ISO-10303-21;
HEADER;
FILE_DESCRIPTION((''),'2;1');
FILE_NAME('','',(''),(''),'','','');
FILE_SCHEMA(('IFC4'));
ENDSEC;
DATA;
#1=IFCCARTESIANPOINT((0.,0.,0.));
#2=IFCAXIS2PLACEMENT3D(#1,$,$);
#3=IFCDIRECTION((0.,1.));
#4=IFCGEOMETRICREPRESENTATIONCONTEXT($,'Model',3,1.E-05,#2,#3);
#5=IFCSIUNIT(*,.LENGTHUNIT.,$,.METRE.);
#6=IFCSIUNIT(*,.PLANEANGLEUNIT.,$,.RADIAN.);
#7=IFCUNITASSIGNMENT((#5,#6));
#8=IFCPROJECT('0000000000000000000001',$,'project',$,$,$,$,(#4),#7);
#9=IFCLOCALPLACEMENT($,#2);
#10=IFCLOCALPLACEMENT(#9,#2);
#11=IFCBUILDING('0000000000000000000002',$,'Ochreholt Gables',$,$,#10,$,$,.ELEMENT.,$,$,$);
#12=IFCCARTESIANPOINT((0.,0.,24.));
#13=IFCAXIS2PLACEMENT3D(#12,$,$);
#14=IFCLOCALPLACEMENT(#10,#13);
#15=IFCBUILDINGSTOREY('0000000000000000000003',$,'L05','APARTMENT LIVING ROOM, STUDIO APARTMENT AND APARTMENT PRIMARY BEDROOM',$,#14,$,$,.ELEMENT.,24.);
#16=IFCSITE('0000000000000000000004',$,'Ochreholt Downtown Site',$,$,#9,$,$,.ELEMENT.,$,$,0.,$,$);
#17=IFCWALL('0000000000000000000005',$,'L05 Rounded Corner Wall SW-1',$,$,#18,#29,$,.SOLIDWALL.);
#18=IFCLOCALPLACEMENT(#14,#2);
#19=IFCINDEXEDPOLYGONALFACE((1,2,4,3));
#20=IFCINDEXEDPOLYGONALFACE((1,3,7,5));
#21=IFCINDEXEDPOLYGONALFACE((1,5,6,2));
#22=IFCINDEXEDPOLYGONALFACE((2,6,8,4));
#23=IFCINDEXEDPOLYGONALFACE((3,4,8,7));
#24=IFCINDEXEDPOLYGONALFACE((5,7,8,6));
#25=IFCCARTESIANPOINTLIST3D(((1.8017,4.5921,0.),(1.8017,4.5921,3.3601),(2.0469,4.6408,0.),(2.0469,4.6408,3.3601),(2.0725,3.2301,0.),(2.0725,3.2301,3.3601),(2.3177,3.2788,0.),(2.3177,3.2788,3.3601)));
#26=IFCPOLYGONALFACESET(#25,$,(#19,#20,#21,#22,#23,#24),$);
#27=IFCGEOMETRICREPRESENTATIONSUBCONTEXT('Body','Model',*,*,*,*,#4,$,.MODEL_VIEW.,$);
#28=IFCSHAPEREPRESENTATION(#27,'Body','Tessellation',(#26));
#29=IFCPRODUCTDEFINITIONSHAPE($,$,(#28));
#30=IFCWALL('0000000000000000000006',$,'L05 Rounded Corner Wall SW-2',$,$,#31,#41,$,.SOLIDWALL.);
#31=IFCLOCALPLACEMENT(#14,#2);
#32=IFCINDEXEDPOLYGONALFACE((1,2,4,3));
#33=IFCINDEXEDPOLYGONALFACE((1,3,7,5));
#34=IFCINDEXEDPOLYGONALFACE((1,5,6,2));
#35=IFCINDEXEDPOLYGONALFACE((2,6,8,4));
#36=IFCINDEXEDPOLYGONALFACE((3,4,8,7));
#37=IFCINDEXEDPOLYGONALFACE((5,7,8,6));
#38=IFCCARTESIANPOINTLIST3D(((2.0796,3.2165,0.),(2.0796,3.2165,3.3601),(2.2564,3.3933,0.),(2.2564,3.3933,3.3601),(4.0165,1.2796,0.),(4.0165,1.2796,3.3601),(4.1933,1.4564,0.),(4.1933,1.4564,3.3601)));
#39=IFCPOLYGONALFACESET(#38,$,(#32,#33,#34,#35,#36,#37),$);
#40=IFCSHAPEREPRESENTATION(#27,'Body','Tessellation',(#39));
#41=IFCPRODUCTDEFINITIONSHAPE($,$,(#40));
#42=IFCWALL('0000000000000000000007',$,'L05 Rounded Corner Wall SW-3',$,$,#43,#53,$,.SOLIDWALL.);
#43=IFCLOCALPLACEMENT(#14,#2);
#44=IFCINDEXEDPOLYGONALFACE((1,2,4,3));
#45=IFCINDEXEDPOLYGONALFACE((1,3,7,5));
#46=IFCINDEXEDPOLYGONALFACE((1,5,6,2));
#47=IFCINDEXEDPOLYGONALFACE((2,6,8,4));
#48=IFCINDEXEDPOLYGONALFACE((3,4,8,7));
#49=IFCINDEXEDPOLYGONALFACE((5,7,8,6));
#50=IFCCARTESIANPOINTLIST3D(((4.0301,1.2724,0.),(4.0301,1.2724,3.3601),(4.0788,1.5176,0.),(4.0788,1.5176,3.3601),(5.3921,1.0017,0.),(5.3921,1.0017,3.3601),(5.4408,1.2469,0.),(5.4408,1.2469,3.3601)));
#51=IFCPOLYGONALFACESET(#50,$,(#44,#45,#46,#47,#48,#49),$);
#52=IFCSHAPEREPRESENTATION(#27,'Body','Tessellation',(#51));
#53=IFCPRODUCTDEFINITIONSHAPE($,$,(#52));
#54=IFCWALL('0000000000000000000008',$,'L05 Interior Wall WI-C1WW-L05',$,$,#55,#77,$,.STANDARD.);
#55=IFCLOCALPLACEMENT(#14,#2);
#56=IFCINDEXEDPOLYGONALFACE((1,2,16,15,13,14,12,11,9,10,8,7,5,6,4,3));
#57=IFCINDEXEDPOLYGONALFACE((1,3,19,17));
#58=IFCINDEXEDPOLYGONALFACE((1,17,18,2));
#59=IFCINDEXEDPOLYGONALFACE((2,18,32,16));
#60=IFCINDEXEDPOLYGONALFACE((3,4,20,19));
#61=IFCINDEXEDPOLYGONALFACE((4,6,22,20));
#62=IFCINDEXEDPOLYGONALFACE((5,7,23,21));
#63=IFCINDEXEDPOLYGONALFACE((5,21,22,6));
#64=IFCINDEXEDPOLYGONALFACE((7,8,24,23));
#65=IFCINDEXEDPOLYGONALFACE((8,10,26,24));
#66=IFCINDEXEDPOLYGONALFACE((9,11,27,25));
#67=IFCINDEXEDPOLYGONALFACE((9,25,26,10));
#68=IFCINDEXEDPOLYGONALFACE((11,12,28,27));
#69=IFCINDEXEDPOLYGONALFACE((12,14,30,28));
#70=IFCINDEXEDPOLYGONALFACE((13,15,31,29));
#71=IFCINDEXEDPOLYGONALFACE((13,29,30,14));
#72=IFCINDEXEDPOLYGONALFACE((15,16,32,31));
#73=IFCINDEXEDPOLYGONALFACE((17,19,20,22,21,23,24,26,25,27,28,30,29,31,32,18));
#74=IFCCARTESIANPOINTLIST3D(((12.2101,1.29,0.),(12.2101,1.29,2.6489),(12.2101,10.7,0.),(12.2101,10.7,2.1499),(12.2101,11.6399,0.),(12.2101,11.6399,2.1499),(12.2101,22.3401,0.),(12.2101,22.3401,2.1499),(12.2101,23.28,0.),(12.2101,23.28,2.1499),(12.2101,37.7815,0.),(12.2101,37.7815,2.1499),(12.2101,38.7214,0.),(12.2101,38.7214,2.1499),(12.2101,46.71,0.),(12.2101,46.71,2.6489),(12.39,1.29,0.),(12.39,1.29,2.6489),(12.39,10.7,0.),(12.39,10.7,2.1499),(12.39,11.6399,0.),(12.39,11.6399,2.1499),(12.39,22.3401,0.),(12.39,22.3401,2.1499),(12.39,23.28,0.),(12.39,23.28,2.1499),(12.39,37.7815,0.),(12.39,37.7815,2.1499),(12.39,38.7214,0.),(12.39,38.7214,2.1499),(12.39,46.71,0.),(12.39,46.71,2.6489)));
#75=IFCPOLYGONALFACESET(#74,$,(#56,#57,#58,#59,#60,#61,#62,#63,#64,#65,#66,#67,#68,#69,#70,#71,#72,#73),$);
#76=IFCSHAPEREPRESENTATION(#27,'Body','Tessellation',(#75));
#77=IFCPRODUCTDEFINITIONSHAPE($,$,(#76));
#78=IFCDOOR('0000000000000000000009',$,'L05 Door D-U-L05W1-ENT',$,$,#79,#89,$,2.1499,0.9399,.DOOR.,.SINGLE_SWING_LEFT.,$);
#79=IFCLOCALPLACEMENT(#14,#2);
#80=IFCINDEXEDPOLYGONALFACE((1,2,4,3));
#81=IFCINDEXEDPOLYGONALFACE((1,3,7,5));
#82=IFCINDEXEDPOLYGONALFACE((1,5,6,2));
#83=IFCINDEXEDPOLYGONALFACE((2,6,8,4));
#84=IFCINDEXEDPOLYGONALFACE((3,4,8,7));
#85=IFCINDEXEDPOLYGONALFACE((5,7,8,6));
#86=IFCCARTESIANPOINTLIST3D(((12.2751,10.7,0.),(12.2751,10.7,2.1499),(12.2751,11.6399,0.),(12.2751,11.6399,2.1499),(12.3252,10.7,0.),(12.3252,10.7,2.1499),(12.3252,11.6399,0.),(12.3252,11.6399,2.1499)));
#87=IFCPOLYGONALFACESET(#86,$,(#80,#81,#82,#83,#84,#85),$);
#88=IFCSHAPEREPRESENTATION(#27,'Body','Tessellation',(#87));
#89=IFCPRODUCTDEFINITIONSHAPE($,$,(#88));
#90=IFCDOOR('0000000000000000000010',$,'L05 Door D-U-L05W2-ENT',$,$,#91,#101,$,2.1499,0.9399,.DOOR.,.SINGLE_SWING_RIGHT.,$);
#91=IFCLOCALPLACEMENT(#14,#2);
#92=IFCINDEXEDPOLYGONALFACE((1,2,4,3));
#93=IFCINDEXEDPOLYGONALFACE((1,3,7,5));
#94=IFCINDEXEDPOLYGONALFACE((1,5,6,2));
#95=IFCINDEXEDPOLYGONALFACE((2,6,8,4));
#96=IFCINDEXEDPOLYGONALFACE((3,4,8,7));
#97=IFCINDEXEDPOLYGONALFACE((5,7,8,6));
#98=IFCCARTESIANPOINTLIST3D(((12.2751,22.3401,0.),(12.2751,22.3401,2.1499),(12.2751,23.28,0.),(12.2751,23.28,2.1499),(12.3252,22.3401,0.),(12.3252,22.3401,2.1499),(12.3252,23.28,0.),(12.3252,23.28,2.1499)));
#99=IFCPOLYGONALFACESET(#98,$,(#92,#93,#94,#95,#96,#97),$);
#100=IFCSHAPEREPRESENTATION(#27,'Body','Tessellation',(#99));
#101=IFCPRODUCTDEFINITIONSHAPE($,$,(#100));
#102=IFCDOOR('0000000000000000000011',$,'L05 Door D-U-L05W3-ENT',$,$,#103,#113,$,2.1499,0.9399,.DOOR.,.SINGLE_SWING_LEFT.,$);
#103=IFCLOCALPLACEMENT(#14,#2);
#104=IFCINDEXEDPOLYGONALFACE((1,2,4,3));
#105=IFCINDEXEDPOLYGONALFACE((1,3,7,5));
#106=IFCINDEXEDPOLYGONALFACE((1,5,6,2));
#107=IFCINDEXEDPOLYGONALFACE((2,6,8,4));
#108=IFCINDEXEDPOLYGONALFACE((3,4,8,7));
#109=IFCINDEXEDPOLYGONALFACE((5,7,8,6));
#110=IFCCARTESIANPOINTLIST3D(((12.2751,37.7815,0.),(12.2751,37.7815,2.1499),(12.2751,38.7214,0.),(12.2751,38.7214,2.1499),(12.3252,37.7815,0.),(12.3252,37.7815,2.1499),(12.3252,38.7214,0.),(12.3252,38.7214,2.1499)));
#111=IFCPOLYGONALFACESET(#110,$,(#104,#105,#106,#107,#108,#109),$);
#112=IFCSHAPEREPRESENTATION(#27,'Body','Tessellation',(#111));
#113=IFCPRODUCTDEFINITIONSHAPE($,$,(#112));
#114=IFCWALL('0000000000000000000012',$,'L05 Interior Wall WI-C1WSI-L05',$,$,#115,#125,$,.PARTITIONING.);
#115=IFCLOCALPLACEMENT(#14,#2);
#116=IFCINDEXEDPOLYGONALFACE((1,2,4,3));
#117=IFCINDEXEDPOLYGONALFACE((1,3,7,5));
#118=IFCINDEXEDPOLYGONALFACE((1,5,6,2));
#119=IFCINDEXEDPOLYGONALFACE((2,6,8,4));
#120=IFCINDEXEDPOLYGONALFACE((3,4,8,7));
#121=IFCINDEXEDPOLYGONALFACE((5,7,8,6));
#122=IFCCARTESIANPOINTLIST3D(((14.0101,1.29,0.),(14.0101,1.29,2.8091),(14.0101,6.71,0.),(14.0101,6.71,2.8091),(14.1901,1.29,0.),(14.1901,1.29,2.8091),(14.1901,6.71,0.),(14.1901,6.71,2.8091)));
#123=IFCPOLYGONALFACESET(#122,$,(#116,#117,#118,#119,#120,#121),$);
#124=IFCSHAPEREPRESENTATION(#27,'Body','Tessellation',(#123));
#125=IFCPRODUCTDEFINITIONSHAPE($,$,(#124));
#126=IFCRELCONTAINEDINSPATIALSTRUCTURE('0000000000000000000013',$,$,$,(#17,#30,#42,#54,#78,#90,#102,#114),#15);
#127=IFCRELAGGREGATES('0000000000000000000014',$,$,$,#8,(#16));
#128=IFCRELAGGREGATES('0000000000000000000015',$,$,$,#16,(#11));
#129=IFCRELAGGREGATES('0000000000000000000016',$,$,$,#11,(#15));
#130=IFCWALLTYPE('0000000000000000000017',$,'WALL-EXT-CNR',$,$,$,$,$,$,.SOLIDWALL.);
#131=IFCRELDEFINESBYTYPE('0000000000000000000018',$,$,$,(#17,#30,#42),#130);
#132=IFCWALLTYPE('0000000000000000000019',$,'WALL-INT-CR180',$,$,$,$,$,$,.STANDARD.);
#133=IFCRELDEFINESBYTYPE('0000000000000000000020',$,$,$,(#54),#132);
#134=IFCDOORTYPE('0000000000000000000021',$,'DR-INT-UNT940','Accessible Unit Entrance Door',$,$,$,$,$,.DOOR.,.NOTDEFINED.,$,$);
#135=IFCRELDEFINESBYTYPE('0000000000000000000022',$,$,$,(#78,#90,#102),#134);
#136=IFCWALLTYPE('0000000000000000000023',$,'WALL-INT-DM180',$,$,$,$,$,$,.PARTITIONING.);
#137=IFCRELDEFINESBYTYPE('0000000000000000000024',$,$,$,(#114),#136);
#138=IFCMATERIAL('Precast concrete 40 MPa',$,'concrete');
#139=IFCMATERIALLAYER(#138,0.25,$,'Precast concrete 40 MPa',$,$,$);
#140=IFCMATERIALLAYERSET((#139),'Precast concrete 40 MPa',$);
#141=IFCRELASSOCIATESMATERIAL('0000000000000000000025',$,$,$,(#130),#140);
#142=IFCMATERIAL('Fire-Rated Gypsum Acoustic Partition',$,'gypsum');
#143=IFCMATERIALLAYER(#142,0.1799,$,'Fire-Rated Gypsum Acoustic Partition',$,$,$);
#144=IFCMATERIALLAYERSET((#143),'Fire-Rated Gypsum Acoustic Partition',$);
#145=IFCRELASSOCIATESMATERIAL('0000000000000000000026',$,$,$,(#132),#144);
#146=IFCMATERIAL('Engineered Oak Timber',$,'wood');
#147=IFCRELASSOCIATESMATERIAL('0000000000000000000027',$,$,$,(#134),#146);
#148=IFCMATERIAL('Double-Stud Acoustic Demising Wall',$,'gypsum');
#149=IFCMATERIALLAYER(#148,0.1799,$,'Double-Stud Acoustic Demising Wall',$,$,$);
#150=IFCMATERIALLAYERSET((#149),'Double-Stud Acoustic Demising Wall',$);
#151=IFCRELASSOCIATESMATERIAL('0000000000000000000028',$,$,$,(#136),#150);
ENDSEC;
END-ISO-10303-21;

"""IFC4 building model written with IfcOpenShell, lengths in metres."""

from ifc_helpers import new_model, si_unit, direction, frame, frame_2d, origin, place, context, subcontext, project, spatial, rectangle, extrude, material, layer, layer_set, type_object, element, fill, save


model = new_model("IFC4")

# Units and contexts
model_context = context("Model", 3, precision=1e-05, world=origin(), true_north=direction((0.0, 1.0)))
body_context = subcontext(model_context, "Body", "Model", "MODEL_VIEW")
ifc_project = project(units=[si_unit("LENGTHUNIT", "METRE"), si_unit("PLANEANGLEUNIT", "RADIAN")], contexts=[model_context])

# Site, building, storey
site_placement = place(None, origin())
site = spatial("IfcSite", under=ifc_project, at=site_placement, Name="Ochreholt Downtown Site", CompositionType="ELEMENT", RefElevation=0.0)
building_placement = place(site_placement, origin())
building = spatial("IfcBuilding", under=site, at=building_placement, Name="Ochreholt Gables", CompositionType="ELEMENT")
storey_placement = place(building_placement, frame((0.0, 0.0, 24.0)))
storey = spatial("IfcBuildingStorey", under=building, at=storey_placement, Name="L05", Description="APARTMENT LIVING ROOM, STUDIO APARTMENT AND APARTMENT PRIMARY BEDROOM", CompositionType="ELEMENT", Elevation=24.0)

# Shared definitions
ifc_material_1 = material(Name="Precast concrete 40 MPa", Category="concrete")

# Walls
ifc_layer_1 = layer(ifc_material_1, 0.25, Name="Precast concrete 40 MPa")
ifc_layer_set_1 = layer_set([ifc_layer_1], Name="Precast concrete 40 MPa")
wall_type_1 = type_object("IfcWallType", Name="WALL-EXT-CNR", PredefinedType="SOLIDWALL", material=ifc_layer_set_1)
wall_1_placement = place(storey_placement, frame((1.9243, 4.6165, 0.0), z_axis=(0.0, 0.0, 1.0), x_axis=(0.194967, -0.98081, 0.0)))
element("IfcWall", 1, at=wall_1_placement, inside=storey, type_object=wall_type_1, Name="L05 Rounded Corner Wall SW-1", PredefinedType="SOLIDWALL", context=body_context, shape_type="SweptSolid", body=[
    extrude(rectangle(XDim=1.3887, YDim=0.25, at=frame_2d((0.6943, 0.0))), origin(), (0.0, 0.0, 1.0), 3.3601),
])
wall_2_placement = place(storey_placement, frame((2.168, 3.3049, 0.0), z_axis=(0.0, 0.0, 1.0), x_axis=(0.707107, -0.707107, 0.0)))
element("IfcWall", 2, at=wall_2_placement, inside=storey, type_object=wall_type_1, Name="L05 Rounded Corner Wall SW-2", PredefinedType="SOLIDWALL", context=body_context, shape_type="SweptSolid", body=[
    extrude(rectangle(XDim=2.7393, YDim=0.25, at=frame_2d((1.3696, 0.0))), origin(), (0.0, 0.0, 1.0), 3.3601),
])
wall_3_placement = place(storey_placement, frame((4.0544, 1.395, 0.0), z_axis=(0.0, 0.0, 1.0), x_axis=(0.98081, -0.194967, 0.0)))
element("IfcWall", 3, at=wall_3_placement, inside=storey, type_object=wall_type_1, Name="L05 Rounded Corner Wall SW-3", PredefinedType="SOLIDWALL", context=body_context, shape_type="SweptSolid", body=[
    extrude(rectangle(XDim=1.3887, YDim=0.25, at=frame_2d((0.6943, 0.0))), origin(), (0.0, 0.0, 1.0), 3.3601),
])

# Wall, openings, doors
ifc_material_2 = material(Name="Fire-Rated Gypsum Acoustic Partition", Category="gypsum")
ifc_layer_2 = layer(ifc_material_2, 0.1799, Name="Fire-Rated Gypsum Acoustic Partition")
ifc_layer_set_2 = layer_set([ifc_layer_2], Name="Fire-Rated Gypsum Acoustic Partition")
wall_type_2 = type_object("IfcWallType", Name="WALL-INT-CR180", PredefinedType="STANDARD", material=ifc_layer_set_2)
wall_4_placement = place(storey_placement, frame((12.3, 1.29, 0.0), z_axis=(0.0, 0.0, 1.0), x_axis=(0.0, 1.0, 0.0)))
wall_4 = element("IfcWall", 4, at=wall_4_placement, inside=storey, type_object=wall_type_2, Name="L05 Interior Wall WI-C1WW-L05", PredefinedType="STANDARD", context=body_context, shape_type="SweptSolid", body=[
    extrude(rectangle(XDim=45.4199, YDim=0.1799, at=frame_2d((22.71, 0.0))), origin(), (0.0, 0.0, 1.0), 2.6489),
])
opening_1_placement = place(wall_4_placement, frame((9.4099, 0.0, 0.0)))
opening_1 = element("IfcOpeningElement", 5, at=opening_1_placement, cuts=wall_4, PredefinedType="OPENING", context=body_context, shape_type="SweptSolid", body=[
    extrude(rectangle(XDim=0.9399, YDim=2.1499, at=frame_2d((0.47, 1.075))), frame((0.0, 0.0999, 0.0), z_axis=(0.0, -1.0, 0.0), x_axis=(1.0, 0.0, 0.0)), (0.0, 0.0, 1.0), 0.2),
])
opening_2_placement = place(wall_4_placement, frame((21.05, 0.0, 0.0)))
opening_2 = element("IfcOpeningElement", 6, at=opening_2_placement, cuts=wall_4, PredefinedType="OPENING", context=body_context, shape_type="SweptSolid", body=[
    extrude(rectangle(XDim=0.9399, YDim=2.1499, at=frame_2d((0.47, 1.075))), frame((0.0, 0.0999, 0.0), z_axis=(0.0, -1.0, 0.0), x_axis=(1.0, 0.0, 0.0)), (0.0, 0.0, 1.0), 0.2),
])
opening_3_placement = place(wall_4_placement, frame((36.4915, 0.0, 0.0)))
opening_3 = element("IfcOpeningElement", 7, at=opening_3_placement, cuts=wall_4, PredefinedType="OPENING", context=body_context, shape_type="SweptSolid", body=[
    extrude(rectangle(XDim=0.9399, YDim=2.1499, at=frame_2d((0.47, 1.075))), frame((0.0, 0.0999, 0.0), z_axis=(0.0, -1.0, 0.0), x_axis=(1.0, 0.0, 0.0)), (0.0, 0.0, 1.0), 0.2),
])
ifc_material_3 = material(Name="Engineered Oak Timber", Category="wood")
door_type = type_object("IfcDoorType", Name="DR-INT-UNT940", Description="Accessible Unit Entrance Door", OperationType="NOTDEFINED", PredefinedType="DOOR", material=ifc_material_3)
door_1_placement = place(opening_1_placement, origin())
door_1 = element("IfcDoor", 8, at=door_1_placement, inside=storey, type_object=door_type, Name="L05 Door D-U-L05W1-ENT", OperationType="SINGLE_SWING_LEFT", OverallHeight=2.1499, OverallWidth=0.9399, PredefinedType="DOOR", context=body_context, shape_type="SweptSolid", body=[
    extrude(rectangle(XDim=0.9399, YDim=2.1499, at=frame_2d((0.47, 1.075))), frame((0.0, 0.0249, 0.0), z_axis=(0.0, -1.0, 0.0), x_axis=(1.0, 0.0, 0.0)), (0.0, 0.0, 1.0), 0.05),
])
fill(opening_1, door_1)
door_2_placement = place(opening_2_placement, origin())
door_2 = element("IfcDoor", 9, at=door_2_placement, inside=storey, type_object=door_type, Name="L05 Door D-U-L05W2-ENT", OperationType="SINGLE_SWING_RIGHT", OverallHeight=2.1499, OverallWidth=0.9399, PredefinedType="DOOR", context=body_context, shape_type="SweptSolid", body=[
    extrude(rectangle(XDim=0.9399, YDim=2.1499, at=frame_2d((0.47, 1.075))), frame((0.0, 0.0249, 0.0), z_axis=(0.0, -1.0, 0.0), x_axis=(1.0, 0.0, 0.0)), (0.0, 0.0, 1.0), 0.05),
])
fill(opening_2, door_2)
door_3_placement = place(opening_3_placement, origin())
door_3 = element("IfcDoor", 10, at=door_3_placement, inside=storey, type_object=door_type, Name="L05 Door D-U-L05W3-ENT", OperationType="SINGLE_SWING_LEFT", OverallHeight=2.1499, OverallWidth=0.9399, PredefinedType="DOOR", context=body_context, shape_type="SweptSolid", body=[
    extrude(rectangle(XDim=0.9399, YDim=2.1499, at=frame_2d((0.47, 1.075))), frame((0.0, 0.0249, 0.0), z_axis=(0.0, -1.0, 0.0), x_axis=(1.0, 0.0, 0.0)), (0.0, 0.0, 1.0), 0.05),
])
fill(opening_3, door_3)

# Wall
ifc_material_4 = material(Name="Double-Stud Acoustic Demising Wall", Category="gypsum")
ifc_layer_3 = layer(ifc_material_4, 0.1799, Name="Double-Stud Acoustic Demising Wall")
ifc_layer_set_3 = layer_set([ifc_layer_3], Name="Double-Stud Acoustic Demising Wall")
wall_type_3 = type_object("IfcWallType", Name="WALL-INT-DM180", PredefinedType="PARTITIONING", material=ifc_layer_set_3)
wall_5_placement = place(storey_placement, frame((14.1001, 1.29, 0.0), z_axis=(0.0, 0.0, 1.0), x_axis=(0.0, 1.0, 0.0)))
element("IfcWall", 11, at=wall_5_placement, inside=storey, type_object=wall_type_3, Name="L05 Interior Wall WI-C1WSI-L05", PredefinedType="PARTITIONING", context=body_context, shape_type="SweptSolid", body=[
    extrude(rectangle(XDim=5.4199, YDim=0.1799, at=frame_2d((2.71, 0.0))), origin(), (0.0, 0.0, 1.0), 2.8091),
])

save(model, "model.ifc")
